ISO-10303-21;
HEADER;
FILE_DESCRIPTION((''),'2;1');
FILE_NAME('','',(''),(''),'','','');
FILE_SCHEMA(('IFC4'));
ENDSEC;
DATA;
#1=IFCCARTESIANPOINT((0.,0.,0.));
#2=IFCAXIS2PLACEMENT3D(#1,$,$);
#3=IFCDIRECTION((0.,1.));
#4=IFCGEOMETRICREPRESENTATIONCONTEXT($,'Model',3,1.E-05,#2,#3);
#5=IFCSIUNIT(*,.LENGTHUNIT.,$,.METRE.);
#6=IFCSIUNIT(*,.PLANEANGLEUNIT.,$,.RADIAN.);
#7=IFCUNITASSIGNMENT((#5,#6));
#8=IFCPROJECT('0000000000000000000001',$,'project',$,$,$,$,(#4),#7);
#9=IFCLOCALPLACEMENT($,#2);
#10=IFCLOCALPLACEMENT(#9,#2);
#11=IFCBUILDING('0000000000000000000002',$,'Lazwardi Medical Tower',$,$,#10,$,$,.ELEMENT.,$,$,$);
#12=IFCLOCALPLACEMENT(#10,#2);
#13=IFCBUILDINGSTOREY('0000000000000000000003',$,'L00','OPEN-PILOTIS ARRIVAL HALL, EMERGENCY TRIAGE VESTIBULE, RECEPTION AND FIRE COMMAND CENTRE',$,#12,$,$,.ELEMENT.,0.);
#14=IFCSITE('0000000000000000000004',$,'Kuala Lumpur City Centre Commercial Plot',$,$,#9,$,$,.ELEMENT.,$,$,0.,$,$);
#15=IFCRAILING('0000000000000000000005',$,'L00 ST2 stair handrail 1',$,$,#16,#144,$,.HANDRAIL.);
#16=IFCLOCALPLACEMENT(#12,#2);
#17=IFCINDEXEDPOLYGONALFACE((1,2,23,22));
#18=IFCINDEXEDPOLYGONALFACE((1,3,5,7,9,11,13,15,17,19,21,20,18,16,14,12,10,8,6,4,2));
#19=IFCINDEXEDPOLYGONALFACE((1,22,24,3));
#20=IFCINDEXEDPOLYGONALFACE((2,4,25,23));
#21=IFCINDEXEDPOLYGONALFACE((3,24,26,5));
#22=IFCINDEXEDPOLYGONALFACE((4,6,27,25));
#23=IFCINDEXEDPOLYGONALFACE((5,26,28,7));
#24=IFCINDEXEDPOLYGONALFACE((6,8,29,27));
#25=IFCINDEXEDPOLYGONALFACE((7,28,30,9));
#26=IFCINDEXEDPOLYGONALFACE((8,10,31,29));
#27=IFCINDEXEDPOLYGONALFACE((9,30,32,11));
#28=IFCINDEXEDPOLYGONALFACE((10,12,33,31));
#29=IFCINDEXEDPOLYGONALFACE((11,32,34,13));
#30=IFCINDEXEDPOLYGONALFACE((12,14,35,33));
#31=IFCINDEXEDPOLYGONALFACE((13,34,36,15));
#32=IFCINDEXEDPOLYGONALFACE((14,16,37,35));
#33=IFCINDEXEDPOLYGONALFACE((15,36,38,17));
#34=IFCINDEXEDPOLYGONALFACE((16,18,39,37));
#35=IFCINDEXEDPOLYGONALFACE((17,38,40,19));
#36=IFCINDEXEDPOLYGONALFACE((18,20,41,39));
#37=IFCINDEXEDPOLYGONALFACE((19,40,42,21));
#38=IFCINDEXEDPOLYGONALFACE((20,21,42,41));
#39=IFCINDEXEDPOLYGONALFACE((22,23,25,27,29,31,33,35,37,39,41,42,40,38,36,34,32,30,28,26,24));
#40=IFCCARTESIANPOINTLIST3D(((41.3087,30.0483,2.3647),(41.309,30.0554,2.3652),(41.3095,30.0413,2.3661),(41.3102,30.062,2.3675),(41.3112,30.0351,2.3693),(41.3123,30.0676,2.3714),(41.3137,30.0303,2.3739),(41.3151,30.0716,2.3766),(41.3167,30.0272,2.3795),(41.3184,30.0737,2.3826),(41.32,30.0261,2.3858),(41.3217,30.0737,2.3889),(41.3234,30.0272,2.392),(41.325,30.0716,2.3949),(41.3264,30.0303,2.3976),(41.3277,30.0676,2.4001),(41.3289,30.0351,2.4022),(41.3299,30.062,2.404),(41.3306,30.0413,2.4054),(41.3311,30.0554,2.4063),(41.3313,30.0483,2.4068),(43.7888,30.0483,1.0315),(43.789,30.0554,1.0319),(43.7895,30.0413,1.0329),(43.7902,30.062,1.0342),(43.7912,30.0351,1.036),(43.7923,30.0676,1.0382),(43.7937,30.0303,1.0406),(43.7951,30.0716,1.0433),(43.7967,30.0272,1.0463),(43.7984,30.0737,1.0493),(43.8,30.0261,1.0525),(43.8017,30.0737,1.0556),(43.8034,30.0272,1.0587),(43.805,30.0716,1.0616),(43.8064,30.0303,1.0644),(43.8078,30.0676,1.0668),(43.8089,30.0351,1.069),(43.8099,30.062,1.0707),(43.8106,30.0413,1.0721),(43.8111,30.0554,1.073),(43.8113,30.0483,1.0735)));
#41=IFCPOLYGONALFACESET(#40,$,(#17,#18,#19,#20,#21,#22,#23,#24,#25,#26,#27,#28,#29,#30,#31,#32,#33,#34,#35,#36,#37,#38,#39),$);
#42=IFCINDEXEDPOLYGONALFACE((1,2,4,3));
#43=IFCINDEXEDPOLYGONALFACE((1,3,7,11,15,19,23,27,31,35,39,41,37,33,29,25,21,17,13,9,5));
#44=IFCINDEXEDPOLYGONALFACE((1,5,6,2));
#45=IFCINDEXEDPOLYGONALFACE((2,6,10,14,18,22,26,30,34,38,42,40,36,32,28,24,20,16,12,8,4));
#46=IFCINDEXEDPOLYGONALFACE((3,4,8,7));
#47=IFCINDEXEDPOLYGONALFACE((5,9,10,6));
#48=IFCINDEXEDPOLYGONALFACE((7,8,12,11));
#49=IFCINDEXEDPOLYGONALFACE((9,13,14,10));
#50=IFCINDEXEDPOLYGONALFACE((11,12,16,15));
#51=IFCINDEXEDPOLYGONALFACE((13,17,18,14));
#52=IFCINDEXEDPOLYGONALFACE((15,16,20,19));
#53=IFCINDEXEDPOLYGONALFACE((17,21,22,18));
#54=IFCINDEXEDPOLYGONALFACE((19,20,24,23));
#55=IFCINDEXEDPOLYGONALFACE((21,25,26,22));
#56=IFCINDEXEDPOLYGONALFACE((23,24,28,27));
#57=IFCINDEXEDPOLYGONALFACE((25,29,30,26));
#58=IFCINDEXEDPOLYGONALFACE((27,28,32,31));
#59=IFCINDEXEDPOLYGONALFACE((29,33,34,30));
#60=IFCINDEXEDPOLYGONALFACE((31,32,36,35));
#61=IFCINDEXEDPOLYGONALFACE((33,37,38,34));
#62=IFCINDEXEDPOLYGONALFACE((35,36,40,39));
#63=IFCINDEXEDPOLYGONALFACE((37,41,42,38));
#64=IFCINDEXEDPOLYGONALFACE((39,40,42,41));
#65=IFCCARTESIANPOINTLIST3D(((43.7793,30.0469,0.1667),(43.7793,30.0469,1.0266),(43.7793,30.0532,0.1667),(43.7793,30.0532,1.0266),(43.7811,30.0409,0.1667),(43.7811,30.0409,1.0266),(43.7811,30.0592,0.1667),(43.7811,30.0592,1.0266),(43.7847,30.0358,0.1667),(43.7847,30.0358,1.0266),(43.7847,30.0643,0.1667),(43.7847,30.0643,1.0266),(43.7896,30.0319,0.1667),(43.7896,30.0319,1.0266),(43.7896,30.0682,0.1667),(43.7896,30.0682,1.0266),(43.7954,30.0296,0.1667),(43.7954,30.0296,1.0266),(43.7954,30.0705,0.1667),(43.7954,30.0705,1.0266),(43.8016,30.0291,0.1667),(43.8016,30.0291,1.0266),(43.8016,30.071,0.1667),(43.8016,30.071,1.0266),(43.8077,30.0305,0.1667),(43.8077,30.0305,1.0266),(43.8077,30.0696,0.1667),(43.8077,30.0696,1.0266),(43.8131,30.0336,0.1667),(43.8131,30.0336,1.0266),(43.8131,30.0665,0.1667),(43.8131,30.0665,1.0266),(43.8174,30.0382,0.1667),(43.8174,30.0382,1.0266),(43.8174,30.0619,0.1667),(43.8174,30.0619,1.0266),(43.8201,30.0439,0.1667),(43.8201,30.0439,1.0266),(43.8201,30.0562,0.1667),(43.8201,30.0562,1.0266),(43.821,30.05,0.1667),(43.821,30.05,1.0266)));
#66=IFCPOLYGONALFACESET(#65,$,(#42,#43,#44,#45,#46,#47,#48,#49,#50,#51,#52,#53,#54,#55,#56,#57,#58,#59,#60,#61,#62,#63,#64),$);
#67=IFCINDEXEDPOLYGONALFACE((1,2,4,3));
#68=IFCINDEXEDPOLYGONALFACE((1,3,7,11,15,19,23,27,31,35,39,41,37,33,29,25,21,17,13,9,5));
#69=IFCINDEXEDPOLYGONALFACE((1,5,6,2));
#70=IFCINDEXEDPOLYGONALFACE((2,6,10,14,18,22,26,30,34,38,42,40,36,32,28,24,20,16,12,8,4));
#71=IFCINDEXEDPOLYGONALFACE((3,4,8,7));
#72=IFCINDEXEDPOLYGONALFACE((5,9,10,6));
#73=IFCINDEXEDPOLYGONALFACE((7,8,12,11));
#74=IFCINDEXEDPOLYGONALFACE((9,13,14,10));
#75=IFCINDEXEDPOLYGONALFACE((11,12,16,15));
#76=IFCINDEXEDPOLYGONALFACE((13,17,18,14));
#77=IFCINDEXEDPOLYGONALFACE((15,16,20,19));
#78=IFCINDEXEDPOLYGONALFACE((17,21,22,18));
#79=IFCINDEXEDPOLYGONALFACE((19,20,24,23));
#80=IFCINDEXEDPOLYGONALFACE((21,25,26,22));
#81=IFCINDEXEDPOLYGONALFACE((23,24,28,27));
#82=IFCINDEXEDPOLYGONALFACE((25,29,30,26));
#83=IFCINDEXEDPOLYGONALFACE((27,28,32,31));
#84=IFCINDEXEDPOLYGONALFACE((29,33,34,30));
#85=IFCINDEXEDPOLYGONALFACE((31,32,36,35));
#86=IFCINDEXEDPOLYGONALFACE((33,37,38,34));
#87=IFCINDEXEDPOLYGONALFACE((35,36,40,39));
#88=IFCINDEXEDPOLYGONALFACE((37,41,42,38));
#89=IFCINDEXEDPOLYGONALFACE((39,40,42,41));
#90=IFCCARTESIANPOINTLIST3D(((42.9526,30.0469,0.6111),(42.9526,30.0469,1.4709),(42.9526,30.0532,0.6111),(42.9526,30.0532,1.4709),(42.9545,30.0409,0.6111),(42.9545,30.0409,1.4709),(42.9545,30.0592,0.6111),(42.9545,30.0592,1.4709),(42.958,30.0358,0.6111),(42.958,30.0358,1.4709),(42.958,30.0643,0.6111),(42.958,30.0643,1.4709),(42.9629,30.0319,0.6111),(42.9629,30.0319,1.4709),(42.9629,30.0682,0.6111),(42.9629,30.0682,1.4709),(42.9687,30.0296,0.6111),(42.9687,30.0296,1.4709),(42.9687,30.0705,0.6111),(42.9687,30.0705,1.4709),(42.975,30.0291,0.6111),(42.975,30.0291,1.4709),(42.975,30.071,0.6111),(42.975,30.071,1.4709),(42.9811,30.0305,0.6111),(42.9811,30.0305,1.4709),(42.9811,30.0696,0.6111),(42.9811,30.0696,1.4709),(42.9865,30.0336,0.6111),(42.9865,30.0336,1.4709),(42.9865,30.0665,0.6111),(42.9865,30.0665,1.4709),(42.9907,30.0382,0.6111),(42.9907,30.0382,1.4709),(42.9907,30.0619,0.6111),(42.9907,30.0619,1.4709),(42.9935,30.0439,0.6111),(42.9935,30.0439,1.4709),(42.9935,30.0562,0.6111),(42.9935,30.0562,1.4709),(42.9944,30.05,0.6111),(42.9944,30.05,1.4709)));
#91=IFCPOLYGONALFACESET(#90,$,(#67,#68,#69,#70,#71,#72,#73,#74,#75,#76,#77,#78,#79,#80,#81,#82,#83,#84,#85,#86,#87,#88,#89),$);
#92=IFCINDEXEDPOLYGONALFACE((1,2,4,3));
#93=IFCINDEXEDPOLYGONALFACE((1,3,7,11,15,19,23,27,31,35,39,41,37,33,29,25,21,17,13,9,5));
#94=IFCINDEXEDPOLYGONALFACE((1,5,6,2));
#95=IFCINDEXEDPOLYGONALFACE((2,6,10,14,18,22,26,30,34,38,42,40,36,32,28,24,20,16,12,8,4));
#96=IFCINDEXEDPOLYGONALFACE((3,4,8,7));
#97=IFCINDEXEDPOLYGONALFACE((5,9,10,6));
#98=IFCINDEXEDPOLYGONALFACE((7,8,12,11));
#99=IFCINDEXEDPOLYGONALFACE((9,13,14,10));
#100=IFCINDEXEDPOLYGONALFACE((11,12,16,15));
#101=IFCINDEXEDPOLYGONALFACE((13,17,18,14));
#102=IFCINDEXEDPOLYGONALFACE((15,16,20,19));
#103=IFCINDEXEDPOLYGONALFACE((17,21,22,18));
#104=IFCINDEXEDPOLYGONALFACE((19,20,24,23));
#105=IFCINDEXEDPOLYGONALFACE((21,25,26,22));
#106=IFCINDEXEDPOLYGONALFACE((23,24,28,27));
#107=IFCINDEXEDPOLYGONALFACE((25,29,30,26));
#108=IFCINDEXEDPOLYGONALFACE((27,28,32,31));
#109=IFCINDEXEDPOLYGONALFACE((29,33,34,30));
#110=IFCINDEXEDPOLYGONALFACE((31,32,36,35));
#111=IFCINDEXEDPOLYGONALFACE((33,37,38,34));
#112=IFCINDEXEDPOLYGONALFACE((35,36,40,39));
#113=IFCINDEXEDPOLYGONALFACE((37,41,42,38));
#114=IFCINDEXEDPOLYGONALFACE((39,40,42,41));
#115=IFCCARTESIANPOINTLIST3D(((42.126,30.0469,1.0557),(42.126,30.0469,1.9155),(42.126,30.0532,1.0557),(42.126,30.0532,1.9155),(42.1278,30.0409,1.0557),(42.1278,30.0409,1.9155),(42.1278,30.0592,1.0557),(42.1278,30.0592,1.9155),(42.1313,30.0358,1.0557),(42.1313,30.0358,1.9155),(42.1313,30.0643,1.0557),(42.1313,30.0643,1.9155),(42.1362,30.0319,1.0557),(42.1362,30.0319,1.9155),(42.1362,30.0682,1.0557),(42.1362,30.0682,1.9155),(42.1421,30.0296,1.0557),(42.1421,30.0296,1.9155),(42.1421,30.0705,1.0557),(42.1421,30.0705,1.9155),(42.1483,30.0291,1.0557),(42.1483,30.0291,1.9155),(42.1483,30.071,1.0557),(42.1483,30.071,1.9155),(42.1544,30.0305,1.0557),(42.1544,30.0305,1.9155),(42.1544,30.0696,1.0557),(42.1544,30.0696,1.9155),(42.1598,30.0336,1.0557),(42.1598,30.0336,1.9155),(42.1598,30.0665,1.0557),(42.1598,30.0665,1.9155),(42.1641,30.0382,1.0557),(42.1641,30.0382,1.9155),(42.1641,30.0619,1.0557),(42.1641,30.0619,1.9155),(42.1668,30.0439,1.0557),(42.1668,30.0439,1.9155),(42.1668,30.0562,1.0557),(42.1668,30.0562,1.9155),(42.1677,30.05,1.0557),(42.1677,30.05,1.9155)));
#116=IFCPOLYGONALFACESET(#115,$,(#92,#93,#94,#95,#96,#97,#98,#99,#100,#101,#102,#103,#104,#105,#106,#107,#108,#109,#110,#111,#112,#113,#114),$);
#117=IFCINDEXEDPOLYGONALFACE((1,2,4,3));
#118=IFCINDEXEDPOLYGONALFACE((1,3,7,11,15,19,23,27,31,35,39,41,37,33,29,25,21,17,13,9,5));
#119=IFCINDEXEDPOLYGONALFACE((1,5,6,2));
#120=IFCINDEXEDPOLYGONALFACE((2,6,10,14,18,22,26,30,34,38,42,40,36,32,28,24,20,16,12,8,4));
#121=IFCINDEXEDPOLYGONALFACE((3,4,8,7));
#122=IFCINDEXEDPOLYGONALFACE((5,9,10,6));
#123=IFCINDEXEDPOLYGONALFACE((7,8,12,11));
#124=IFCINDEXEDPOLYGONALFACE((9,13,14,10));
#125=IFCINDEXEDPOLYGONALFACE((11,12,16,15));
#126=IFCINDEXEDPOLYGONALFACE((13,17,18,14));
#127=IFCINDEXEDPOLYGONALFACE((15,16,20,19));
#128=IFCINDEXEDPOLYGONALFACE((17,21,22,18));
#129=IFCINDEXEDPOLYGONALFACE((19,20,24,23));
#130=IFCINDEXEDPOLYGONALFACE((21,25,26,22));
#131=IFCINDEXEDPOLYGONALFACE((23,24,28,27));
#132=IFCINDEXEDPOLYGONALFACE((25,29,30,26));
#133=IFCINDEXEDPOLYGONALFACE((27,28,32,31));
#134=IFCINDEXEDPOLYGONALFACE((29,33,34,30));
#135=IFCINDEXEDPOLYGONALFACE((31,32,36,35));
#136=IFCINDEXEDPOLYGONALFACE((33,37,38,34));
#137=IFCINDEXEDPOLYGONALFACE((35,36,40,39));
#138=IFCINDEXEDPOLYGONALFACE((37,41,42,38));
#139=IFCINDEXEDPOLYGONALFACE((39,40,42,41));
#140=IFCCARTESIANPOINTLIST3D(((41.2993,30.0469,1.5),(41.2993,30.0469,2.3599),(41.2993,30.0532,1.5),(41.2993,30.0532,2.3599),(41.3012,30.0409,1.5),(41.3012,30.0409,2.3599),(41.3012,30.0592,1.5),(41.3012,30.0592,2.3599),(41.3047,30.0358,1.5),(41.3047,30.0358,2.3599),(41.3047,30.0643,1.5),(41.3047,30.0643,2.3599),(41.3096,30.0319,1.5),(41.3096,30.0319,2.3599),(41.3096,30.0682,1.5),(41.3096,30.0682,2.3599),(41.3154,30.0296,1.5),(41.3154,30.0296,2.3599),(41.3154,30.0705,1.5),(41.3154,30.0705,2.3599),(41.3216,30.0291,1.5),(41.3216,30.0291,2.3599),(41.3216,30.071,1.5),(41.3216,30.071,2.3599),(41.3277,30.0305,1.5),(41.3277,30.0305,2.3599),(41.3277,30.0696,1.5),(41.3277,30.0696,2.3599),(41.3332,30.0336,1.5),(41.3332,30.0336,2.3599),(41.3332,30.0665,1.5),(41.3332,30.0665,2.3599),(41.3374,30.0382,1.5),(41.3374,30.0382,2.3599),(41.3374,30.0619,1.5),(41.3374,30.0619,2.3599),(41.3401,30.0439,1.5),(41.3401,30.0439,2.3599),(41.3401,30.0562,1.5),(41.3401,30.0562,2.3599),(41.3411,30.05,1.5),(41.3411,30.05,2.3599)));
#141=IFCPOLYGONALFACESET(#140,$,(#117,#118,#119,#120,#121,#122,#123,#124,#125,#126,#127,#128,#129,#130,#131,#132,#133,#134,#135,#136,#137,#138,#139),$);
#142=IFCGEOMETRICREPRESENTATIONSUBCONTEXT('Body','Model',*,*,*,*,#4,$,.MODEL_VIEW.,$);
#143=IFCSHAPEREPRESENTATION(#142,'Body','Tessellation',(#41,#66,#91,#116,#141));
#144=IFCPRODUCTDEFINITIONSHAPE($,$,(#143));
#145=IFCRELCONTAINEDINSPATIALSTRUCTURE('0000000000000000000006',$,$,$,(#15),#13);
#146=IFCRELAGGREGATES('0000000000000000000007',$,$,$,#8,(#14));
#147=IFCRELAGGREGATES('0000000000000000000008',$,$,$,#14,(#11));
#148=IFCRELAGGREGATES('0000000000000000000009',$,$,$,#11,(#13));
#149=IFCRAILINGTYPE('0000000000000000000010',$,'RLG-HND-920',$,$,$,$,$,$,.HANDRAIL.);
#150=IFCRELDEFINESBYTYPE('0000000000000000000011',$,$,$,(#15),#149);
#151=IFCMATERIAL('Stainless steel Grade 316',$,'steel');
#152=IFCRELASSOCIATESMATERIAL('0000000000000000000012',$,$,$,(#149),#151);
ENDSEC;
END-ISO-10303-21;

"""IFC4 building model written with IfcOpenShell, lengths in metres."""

from ifc_helpers import new_model, si_unit, direction, frame, origin, origin_2d, place, context, subcontext, project, spatial, circle, extrude, material, type_object, element, save


model = new_model("IFC4")

# Units and contexts
model_context = context("Model", 3, precision=1e-05, world=origin(), true_north=direction((0.0, 1.0)))
body_context = subcontext(model_context, "Body", "Model", "MODEL_VIEW")
ifc_project = project(units=[si_unit("LENGTHUNIT", "METRE"), si_unit("PLANEANGLEUNIT", "RADIAN")], contexts=[model_context])

# Site, building, storey
site_placement = place(None, origin())
site = spatial("IfcSite", under=ifc_project, at=site_placement, Name="Kuala Lumpur City Centre Commercial Plot", CompositionType="ELEMENT", RefElevation=0.0)
building_placement = place(site_placement, origin())
building = spatial("IfcBuilding", under=site, at=building_placement, Name="Lazwardi Medical Tower", CompositionType="ELEMENT")
storey_placement = place(building_placement, origin())
storey = spatial("IfcBuildingStorey", under=building, at=storey_placement, Name="L00", Description="OPEN-PILOTIS ARRIVAL HALL, EMERGENCY TRIAGE VESTIBULE, RECEPTION AND FIRE COMMAND CENTRE", CompositionType="ELEMENT", Elevation=0.0)

# Railing
ifc_material_1 = material(Name="Stainless steel Grade 316", Category="steel")
railing_type_1 = type_object("IfcRailingType", Name="RLG-HND-920", PredefinedType="HANDRAIL", material=ifc_material_1)
for number, where, name in (
    (1, (43.8, 30.05, 0.1667), "L00 ST2 stair handrail 1"),
):
    element("IfcRailing", number, at=place(storey_placement, frame(where)), inside=storey, type_object=railing_type_1, Name=name, PredefinedType="HANDRAIL", context=body_context, shape_type="SweptSolid", body=[
        extrude(circle(Radius=0.0239, at=origin_2d()), frame((0.0, 0.0, 0.8857), z_axis=(-0.880786, 0.0, 0.473515), x_axis=(0.0, -1.0, 0.0)), (0.0, 0.0, 1.0), 2.8157),
        extrude(circle(Radius=0.021, at=origin_2d()), origin(), (0.0, 0.0, 1.0), 0.8599),
        extrude(circle(Radius=0.021, at=origin_2d()), frame((-0.8267, 0.0, 0.4443)), (0.0, 0.0, 1.0), 0.8599),
        extrude(circle(Radius=0.021, at=origin_2d()), frame((-1.6533, 0.0, 0.8889)), (0.0, 0.0, 1.0), 0.8599),
        extrude(circle(Radius=0.021, at=origin_2d()), frame((-2.48, 0.0, 1.3333)), (0.0, 0.0, 1.0), 0.8599),
    ])

save(model, "model.ifc")
